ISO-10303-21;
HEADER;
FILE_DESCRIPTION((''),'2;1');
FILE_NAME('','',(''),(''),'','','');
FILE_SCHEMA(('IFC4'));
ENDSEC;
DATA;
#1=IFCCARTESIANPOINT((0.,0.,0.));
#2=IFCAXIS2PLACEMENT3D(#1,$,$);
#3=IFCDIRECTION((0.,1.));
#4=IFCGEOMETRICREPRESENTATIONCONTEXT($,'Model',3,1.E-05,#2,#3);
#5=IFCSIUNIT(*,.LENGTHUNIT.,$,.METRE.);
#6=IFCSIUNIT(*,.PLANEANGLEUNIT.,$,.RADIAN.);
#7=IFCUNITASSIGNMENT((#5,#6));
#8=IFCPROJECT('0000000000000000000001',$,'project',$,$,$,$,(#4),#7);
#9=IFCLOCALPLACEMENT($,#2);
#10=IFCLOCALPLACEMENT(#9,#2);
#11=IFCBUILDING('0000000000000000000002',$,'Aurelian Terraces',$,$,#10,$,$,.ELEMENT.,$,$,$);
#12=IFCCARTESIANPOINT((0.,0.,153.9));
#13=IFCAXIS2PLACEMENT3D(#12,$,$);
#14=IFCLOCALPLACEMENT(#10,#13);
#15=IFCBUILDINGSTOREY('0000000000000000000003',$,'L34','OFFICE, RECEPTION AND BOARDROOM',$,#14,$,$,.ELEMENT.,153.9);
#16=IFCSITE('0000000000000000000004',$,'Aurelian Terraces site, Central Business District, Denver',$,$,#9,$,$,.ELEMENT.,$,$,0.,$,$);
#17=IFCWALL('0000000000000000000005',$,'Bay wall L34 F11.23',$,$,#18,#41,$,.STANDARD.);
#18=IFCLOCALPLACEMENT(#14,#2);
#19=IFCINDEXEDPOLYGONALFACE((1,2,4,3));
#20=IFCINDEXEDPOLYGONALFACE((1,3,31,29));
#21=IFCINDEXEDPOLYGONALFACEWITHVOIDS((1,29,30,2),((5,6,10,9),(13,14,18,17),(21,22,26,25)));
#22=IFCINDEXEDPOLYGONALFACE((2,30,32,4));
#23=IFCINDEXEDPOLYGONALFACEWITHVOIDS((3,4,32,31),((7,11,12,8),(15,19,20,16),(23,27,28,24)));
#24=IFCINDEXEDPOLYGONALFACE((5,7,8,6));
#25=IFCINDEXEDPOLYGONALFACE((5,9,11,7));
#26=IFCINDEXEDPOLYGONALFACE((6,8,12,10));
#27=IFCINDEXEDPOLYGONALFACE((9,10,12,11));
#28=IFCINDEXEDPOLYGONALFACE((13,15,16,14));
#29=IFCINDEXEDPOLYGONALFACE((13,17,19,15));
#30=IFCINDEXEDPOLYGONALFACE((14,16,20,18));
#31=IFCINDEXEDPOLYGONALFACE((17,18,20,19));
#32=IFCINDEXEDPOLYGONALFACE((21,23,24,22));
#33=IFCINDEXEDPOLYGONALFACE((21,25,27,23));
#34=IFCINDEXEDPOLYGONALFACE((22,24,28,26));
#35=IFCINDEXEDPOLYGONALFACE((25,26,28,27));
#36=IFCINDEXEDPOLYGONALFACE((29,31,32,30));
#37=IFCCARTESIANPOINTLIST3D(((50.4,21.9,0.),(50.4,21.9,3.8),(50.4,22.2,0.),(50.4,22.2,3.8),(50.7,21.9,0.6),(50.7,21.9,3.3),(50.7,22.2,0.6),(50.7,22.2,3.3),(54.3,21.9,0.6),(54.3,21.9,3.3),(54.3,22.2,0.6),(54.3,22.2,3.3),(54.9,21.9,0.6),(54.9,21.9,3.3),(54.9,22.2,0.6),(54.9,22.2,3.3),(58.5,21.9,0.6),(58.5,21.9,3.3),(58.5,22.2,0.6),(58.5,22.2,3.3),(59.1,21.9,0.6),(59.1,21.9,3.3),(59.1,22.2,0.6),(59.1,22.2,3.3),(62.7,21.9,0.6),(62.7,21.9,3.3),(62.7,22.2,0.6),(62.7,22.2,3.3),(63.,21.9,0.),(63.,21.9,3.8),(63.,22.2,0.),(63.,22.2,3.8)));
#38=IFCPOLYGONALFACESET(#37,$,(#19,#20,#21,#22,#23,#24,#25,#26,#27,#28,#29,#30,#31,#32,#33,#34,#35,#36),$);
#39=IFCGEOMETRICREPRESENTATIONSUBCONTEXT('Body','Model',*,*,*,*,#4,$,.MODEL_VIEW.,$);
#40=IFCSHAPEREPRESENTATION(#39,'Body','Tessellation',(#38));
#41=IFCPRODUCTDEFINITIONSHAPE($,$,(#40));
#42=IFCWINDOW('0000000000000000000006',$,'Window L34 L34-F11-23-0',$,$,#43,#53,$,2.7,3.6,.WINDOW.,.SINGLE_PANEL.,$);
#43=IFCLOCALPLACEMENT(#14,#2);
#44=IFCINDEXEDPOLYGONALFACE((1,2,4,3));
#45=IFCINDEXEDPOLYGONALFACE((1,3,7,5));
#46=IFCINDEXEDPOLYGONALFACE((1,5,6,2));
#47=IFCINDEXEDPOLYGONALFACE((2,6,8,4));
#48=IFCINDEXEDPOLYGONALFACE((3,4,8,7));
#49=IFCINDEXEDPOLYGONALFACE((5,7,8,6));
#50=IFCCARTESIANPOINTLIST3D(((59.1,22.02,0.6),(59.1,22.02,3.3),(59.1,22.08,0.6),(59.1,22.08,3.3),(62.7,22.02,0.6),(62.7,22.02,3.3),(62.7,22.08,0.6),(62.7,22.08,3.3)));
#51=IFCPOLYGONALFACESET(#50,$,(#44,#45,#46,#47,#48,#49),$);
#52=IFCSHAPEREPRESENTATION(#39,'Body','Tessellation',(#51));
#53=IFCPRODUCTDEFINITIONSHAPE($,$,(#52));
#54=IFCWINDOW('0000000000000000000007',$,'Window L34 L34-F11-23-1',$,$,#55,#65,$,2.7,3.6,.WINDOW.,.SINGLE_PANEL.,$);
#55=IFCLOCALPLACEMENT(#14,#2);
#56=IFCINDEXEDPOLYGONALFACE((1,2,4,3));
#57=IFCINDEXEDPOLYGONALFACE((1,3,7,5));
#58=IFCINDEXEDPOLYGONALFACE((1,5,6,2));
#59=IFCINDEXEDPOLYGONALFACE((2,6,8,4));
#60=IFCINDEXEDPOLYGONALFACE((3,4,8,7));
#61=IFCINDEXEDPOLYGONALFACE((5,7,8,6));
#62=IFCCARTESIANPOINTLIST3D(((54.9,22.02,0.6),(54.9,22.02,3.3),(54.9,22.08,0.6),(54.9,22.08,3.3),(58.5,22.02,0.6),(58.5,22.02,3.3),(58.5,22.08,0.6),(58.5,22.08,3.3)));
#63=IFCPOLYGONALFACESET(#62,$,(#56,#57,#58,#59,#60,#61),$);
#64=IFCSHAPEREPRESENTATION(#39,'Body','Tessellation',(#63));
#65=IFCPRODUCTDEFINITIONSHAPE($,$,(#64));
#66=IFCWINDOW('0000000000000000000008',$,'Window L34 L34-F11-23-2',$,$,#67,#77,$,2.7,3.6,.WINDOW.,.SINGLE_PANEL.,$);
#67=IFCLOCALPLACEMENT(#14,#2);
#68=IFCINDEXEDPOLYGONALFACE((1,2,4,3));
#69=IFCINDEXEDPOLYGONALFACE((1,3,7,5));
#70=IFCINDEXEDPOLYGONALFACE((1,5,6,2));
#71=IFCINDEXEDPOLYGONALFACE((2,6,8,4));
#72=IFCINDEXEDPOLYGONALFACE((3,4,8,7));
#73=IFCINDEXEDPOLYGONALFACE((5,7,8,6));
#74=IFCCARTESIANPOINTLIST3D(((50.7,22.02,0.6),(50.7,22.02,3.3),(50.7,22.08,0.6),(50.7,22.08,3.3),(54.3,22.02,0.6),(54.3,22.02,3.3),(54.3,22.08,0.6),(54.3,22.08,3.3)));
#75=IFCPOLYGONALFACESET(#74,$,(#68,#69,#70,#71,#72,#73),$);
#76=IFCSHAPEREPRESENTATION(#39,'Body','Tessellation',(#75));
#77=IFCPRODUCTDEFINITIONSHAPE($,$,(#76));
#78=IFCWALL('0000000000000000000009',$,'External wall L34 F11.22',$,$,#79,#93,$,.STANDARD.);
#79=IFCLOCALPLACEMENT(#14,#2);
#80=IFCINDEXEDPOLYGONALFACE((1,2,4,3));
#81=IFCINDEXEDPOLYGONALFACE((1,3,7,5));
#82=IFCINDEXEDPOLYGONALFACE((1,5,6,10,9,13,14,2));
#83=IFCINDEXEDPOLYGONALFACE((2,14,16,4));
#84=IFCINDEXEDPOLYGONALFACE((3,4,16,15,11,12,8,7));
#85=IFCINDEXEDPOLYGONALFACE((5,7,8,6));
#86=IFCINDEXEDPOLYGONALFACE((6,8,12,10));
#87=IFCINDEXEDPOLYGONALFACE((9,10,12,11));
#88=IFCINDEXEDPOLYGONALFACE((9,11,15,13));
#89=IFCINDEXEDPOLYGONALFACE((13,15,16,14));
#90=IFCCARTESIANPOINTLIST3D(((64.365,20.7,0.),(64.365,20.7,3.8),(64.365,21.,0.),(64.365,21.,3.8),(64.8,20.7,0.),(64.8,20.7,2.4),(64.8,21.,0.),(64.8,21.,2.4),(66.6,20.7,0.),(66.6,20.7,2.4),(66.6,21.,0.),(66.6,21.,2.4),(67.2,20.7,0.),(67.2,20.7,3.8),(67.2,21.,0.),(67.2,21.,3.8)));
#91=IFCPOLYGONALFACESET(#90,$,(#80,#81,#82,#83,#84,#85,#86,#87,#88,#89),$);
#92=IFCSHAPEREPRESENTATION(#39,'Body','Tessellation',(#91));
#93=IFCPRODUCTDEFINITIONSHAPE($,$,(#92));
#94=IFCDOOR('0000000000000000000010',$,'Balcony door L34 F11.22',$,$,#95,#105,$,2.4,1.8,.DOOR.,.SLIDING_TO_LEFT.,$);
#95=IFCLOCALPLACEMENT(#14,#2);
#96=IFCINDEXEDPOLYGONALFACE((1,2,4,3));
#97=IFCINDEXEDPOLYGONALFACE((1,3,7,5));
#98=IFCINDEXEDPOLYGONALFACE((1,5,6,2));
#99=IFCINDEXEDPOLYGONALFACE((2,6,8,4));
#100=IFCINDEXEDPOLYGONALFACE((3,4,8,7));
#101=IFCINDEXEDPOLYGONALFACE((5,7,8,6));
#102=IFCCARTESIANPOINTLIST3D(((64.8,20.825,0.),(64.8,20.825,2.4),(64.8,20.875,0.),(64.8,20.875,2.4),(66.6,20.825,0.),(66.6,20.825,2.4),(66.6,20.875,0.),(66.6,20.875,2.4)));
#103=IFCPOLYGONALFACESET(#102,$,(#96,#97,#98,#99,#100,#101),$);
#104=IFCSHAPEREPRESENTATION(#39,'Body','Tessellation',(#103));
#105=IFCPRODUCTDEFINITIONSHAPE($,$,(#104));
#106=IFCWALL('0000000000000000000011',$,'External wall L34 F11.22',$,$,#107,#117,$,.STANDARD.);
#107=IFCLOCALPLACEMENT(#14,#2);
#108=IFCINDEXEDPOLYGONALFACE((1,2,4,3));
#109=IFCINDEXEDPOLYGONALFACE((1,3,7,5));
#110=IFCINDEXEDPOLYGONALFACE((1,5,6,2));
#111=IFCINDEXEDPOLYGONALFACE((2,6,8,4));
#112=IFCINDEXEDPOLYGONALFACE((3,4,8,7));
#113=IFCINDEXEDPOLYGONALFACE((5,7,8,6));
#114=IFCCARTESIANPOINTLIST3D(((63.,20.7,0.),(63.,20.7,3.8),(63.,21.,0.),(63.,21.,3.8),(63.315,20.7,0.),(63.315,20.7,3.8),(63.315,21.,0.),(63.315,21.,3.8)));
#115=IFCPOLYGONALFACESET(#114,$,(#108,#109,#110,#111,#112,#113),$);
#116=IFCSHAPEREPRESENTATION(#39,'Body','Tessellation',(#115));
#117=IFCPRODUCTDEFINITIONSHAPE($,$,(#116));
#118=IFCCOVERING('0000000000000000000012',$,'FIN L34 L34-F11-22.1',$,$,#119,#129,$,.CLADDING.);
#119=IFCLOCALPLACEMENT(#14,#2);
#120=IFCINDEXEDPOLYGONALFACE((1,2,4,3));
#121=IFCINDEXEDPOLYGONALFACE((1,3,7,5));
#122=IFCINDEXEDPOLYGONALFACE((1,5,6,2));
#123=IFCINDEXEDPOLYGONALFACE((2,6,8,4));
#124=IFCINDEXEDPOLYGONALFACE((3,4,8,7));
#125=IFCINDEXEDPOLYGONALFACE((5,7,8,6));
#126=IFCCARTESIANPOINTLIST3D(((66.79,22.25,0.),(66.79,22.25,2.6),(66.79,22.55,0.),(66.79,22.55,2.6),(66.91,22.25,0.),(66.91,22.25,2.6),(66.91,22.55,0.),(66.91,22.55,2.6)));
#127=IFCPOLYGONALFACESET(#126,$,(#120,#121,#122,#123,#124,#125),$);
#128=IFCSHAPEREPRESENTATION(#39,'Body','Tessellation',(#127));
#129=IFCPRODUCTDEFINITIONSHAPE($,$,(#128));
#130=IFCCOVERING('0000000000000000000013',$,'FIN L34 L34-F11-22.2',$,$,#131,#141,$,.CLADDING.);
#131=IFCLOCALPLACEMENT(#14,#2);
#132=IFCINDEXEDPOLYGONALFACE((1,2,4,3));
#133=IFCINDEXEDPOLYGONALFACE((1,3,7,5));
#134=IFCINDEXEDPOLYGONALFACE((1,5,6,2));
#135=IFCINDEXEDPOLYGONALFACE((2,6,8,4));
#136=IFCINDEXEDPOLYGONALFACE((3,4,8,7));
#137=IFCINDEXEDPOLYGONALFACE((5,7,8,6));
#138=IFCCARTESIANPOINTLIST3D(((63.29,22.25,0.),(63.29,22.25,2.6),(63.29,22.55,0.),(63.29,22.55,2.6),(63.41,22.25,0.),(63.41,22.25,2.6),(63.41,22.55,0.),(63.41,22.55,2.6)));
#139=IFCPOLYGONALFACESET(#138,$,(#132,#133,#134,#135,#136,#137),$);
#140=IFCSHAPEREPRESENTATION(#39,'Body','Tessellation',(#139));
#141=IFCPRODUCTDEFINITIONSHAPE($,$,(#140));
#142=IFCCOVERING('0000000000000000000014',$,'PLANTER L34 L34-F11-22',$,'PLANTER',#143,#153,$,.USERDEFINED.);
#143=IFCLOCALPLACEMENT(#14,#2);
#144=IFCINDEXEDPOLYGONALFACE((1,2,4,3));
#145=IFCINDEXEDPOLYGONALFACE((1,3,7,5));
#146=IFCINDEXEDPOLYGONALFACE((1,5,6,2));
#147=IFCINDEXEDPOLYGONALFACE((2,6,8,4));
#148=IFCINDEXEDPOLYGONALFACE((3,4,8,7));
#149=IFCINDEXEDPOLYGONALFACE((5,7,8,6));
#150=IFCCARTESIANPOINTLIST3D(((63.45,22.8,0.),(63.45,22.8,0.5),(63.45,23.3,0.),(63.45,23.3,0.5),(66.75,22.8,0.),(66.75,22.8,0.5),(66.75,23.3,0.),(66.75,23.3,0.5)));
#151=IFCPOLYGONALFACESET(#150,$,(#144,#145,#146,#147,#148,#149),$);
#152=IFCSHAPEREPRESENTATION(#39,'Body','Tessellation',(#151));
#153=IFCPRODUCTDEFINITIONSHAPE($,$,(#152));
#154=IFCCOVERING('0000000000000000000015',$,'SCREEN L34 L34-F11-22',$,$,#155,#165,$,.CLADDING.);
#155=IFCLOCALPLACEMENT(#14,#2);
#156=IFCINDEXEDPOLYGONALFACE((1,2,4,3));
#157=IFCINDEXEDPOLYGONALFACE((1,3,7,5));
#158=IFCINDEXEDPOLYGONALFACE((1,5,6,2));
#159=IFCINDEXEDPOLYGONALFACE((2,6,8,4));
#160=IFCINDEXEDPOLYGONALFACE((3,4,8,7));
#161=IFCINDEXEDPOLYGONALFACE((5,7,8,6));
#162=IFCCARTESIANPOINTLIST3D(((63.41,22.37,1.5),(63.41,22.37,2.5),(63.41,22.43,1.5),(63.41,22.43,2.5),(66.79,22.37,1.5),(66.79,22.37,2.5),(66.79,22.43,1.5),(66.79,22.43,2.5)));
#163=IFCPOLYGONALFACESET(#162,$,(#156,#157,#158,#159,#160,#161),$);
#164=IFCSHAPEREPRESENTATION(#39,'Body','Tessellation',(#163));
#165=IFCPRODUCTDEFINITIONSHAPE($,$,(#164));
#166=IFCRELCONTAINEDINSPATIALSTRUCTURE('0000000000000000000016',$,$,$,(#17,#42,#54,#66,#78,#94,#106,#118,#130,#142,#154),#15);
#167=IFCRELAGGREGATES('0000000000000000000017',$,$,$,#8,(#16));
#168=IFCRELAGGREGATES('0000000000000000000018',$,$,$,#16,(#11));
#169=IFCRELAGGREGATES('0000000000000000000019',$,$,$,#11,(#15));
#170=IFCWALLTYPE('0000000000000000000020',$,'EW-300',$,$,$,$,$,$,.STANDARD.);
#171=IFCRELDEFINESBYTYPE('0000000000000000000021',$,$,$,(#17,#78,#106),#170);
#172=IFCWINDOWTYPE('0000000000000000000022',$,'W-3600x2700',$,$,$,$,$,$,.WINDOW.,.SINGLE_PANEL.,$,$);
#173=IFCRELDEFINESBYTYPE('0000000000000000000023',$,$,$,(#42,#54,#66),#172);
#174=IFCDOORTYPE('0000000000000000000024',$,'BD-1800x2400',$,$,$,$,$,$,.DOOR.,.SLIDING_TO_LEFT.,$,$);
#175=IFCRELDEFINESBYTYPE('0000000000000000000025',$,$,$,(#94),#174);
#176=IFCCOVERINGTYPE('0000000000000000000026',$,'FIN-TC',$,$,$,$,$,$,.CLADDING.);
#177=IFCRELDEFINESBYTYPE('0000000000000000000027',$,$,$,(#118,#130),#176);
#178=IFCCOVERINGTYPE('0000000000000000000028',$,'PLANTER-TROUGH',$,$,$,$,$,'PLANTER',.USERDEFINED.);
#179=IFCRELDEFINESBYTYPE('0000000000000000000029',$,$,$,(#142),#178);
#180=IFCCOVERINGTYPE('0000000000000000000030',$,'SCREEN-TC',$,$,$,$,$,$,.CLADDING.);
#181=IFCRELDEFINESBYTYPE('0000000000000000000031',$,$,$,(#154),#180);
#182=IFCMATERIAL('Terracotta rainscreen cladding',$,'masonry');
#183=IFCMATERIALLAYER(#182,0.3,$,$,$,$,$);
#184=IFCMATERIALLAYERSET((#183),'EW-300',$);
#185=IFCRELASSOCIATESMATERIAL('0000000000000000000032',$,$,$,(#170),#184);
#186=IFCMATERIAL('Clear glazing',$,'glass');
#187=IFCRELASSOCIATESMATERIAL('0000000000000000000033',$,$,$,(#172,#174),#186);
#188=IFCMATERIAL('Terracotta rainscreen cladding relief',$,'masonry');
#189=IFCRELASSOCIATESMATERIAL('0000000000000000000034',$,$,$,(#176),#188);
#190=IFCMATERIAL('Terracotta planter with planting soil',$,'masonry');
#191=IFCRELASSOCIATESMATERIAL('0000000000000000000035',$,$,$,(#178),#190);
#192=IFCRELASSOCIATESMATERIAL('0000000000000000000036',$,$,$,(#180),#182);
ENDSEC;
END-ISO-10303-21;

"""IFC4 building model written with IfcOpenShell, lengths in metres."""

from ifc_helpers import new_model, si_unit, direction, frame, frame_2d, origin, origin_2d, place, context, subcontext, project, spatial, rectangle, extrude, source, transform, mapped, material, layer, layer_set, type_object, element, fill, save


model = new_model("IFC4")

# Units and contexts
model_context = context("Model", 3, precision=1e-05, world=origin(), true_north=direction((0.0, 1.0)))
body_context = subcontext(model_context, "Body", "Model", "MODEL_VIEW")
ifc_project = project(units=[si_unit("LENGTHUNIT", "METRE"), si_unit("PLANEANGLEUNIT", "RADIAN")], contexts=[model_context])

# Site, building, storey
site_placement = place(None, origin())
site = spatial("IfcSite", under=ifc_project, at=site_placement, Name="Aurelian Terraces site, Central Business District, Denver", CompositionType="ELEMENT", RefElevation=0.0)
building_placement = place(site_placement, origin())
building = spatial("IfcBuilding", under=site, at=building_placement, Name="Aurelian Terraces", CompositionType="ELEMENT")
storey_placement = place(building_placement, frame((0.0, 0.0, 153.9)))
storey = spatial("IfcBuildingStorey", under=building, at=storey_placement, Name="L34", Description="OFFICE, RECEPTION AND BOARDROOM", CompositionType="ELEMENT", Elevation=153.9)

# Wall, openings, windows
ifc_material_1 = material(Name="Terracotta rainscreen cladding", Category="masonry")
ifc_layer = layer(ifc_material_1, 0.3)
ifc_layer_set = layer_set([ifc_layer], Name="EW-300")
wall_type = type_object("IfcWallType", Name="EW-300", PredefinedType="STANDARD", material=ifc_layer_set)
wall_1_placement = place(storey_placement, frame((63.0, 22.05, 0.0), z_axis=(0.0, 0.0, 1.0), x_axis=(-1.0, 0.0, 0.0)))
wall_1 = element("IfcWall", 1, at=wall_1_placement, inside=storey, type_object=wall_type, Name="Bay wall L34 F11.23", PredefinedType="STANDARD", context=body_context, shape_type="SweptSolid", body=[
    extrude(rectangle(XDim=12.6, YDim=0.3, at=frame_2d((6.3, 0.0))), origin(), (0.0, 0.0, 1.0), 3.8),
])
shared_shape_1 = source(origin(), body_context, "Body", "SweptSolid", [
    extrude(rectangle(XDim=3.6, YDim=2.7, at=frame_2d((1.8, 1.35))), frame((0.0, 0.16, 0.0), z_axis=(0.0, -1.0, 0.0), x_axis=(1.0, 0.0, 0.0)), (0.0, 0.0, 1.0), 0.32),
])
opening_1_placement = place(wall_1_placement, frame((0.3, 0.0, 0.6)))
opening_1 = element("IfcOpeningElement", 2, at=opening_1_placement, cuts=wall_1, PredefinedType="OPENING", context=body_context, shape_type="MappedRepresentation", body=[
    mapped(shared_shape_1, transform((0.0, 0.0, 0.0), scale=1.0)),
])
opening_2_placement = place(wall_1_placement, frame((4.5, 0.0, 0.6)))
opening_2 = element("IfcOpeningElement", 3, at=opening_2_placement, cuts=wall_1, PredefinedType="OPENING", context=body_context, shape_type="MappedRepresentation", body=[
    mapped(shared_shape_1, transform((0.0, 0.0, 0.0), scale=1.0)),
])
opening_3_placement = place(wall_1_placement, frame((8.7, 0.0, 0.6)))
opening_3 = element("IfcOpeningElement", 4, at=opening_3_placement, cuts=wall_1, PredefinedType="OPENING", context=body_context, shape_type="MappedRepresentation", body=[
    mapped(shared_shape_1, transform((0.0, 0.0, 0.0), scale=1.0)),
])
ifc_material_2 = material(Name="Clear glazing", Category="glass")
window_type = type_object("IfcWindowType", Name="W-3600x2700", PartitioningType="SINGLE_PANEL", PredefinedType="WINDOW", material=ifc_material_2)
shared_shape_2 = source(origin(), body_context, "Body", "SweptSolid", [
    extrude(rectangle(XDim=3.6, YDim=2.7, at=frame_2d((1.8, 1.35))), frame((0.0, 0.03, 0.0), z_axis=(0.0, -1.0, 0.0), x_axis=(1.0, 0.0, 0.0)), (0.0, 0.0, 1.0), 0.06),
])
window_1_placement = place(opening_1_placement, origin())
window_1 = element("IfcWindow", 5, at=window_1_placement, inside=storey, type_object=window_type, Name="Window L34 L34-F11-23-0", OverallHeight=2.7, OverallWidth=3.6, PartitioningType="SINGLE_PANEL", PredefinedType="WINDOW", context=body_context, shape_type="MappedRepresentation", body=[
    mapped(shared_shape_2, transform((0.0, 0.0, 0.0), scale=1.0)),
])
fill(opening_1, window_1)
window_2_placement = place(opening_2_placement, origin())
window_2 = element("IfcWindow", 6, at=window_2_placement, inside=storey, type_object=window_type, Name="Window L34 L34-F11-23-1", OverallHeight=2.7, OverallWidth=3.6, PartitioningType="SINGLE_PANEL", PredefinedType="WINDOW", context=body_context, shape_type="MappedRepresentation", body=[
    mapped(shared_shape_2, transform((0.0, 0.0, 0.0), scale=1.0)),
])
fill(opening_2, window_2)
window_3_placement = place(opening_3_placement, origin())
window_3 = element("IfcWindow", 7, at=window_3_placement, inside=storey, type_object=window_type, Name="Window L34 L34-F11-23-2", OverallHeight=2.7, OverallWidth=3.6, PartitioningType="SINGLE_PANEL", PredefinedType="WINDOW", context=body_context, shape_type="MappedRepresentation", body=[
    mapped(shared_shape_2, transform((0.0, 0.0, 0.0), scale=1.0)),
])
fill(opening_3, window_3)

# Wall, opening, door
shared_shape_3 = source(origin(), body_context, "Body", "SweptSolid", [
    extrude(rectangle(XDim=2.835, YDim=0.3, at=frame_2d((1.4175, 0.0))), origin(), (0.0, 0.0, 1.0), 3.8),
])
wall_2_placement = place(storey_placement, frame((67.2, 20.85, 0.0), z_axis=(0.0, 0.0, 1.0), x_axis=(-1.0, 0.0, 0.0)))
wall_2 = element("IfcWall", 8, at=wall_2_placement, inside=storey, type_object=wall_type, Name="External wall L34 F11.22", PredefinedType="STANDARD", context=body_context, shape_type="MappedRepresentation", body=[
    mapped(shared_shape_3, transform((0.0, 0.0, 0.0), scale=1.0)),
])
shared_shape_4 = source(origin(), body_context, "Body", "SweptSolid", [
    extrude(rectangle(XDim=1.8, YDim=2.4, at=frame_2d((0.9, 1.2))), frame((0.0, 0.16, 0.0), z_axis=(0.0, -1.0, 0.0), x_axis=(1.0, 0.0, 0.0)), (0.0, 0.0, 1.0), 0.32),
])
opening_4_placement = place(wall_2_placement, frame((0.6, 0.0, 0.0)))
opening_4 = element("IfcOpeningElement", 9, at=opening_4_placement, cuts=wall_2, PredefinedType="OPENING", context=body_context, shape_type="MappedRepresentation", body=[
    mapped(shared_shape_4, transform((0.0, 0.0, 0.0), scale=1.0)),
])
door_type = type_object("IfcDoorType", Name="BD-1800x2400", OperationType="SLIDING_TO_LEFT", PredefinedType="DOOR", material=ifc_material_2)
shared_shape_5 = source(origin(), body_context, "Body", "SweptSolid", [
    extrude(rectangle(XDim=1.8, YDim=2.4, at=frame_2d((0.9, 1.2))), frame((0.0, 0.025, 0.0), z_axis=(0.0, -1.0, 0.0), x_axis=(1.0, 0.0, 0.0)), (0.0, 0.0, 1.0), 0.05),
])
door_placement = place(opening_4_placement, origin())
door = element("IfcDoor", 10, at=door_placement, inside=storey, type_object=door_type, Name="Balcony door L34 F11.22", OperationType="SLIDING_TO_LEFT", OverallHeight=2.4, OverallWidth=1.8, PredefinedType="DOOR", context=body_context, shape_type="MappedRepresentation", body=[
    mapped(shared_shape_5, transform((0.0, 0.0, 0.0), scale=1.0)),
])
fill(opening_4, door)

# Wall
shared_shape_6 = source(origin(), body_context, "Body", "SweptSolid", [
    extrude(rectangle(XDim=0.315, YDim=0.3, at=frame_2d((0.1575, 0.0))), origin(), (0.0, 0.0, 1.0), 3.8),
])
wall_3_placement = place(storey_placement, frame((63.315, 20.85, 0.0), z_axis=(0.0, 0.0, 1.0), x_axis=(-1.0, 0.0, 0.0)))
element("IfcWall", 11, at=wall_3_placement, inside=storey, type_object=wall_type, Name="External wall L34 F11.22", PredefinedType="STANDARD", context=body_context, shape_type="MappedRepresentation", body=[
    mapped(shared_shape_6, transform((0.0, 0.0, 0.0), scale=1.0)),
])

# Coverings
ifc_material_3 = material(Name="Terracotta rainscreen cladding relief", Category="masonry")
covering_type_1 = type_object("IfcCoveringType", Name="FIN-TC", PredefinedType="CLADDING", material=ifc_material_3)
shared_shape_7 = source(origin(), body_context, "Body", "SweptSolid", [
    extrude(rectangle(XDim=0.12, YDim=0.3, at=origin_2d()), origin(), (0.0, 0.0, 1.0), 2.6),
])
for number, where, z_axis, x_axis, name in (
    (12, (66.85, 22.4, 0.0), (0.0, 0.0, 1.0), (1.0, 0.0, 0.0), "FIN L34 L34-F11-22.1"),
    (13, (63.35, 22.4, 0.0), (0.0, 0.0, 1.0), (1.0, 0.0, 0.0), "FIN L34 L34-F11-22.2"),
):
    element("IfcCovering", number, at=place(storey_placement, frame(where, z_axis=z_axis, x_axis=x_axis)), inside=storey, type_object=covering_type_1, Name=name, PredefinedType="CLADDING", context=body_context, shape_type="MappedRepresentation", body=[
        mapped(shared_shape_7, transform((0.0, 0.0, 0.0), scale=1.0)),
    ])

# Coverings
ifc_material_4 = material(Name="Terracotta planter with planting soil", Category="masonry")
covering_type_2 = type_object("IfcCoveringType", Name="PLANTER-TROUGH", ElementType="PLANTER", PredefinedType="USERDEFINED", material=ifc_material_4)
shared_shape_8 = source(origin(), body_context, "Body", "SweptSolid", [
    extrude(rectangle(XDim=3.3, YDim=0.5, at=origin_2d()), origin(), (0.0, 0.0, 1.0), 0.5),
])
covering_1_placement = place(storey_placement, frame((65.1, 23.05, 0.0), z_axis=(0.0, 0.0, 1.0), x_axis=(1.0, 0.0, 0.0)))
element("IfcCovering", 14, at=covering_1_placement, inside=storey, type_object=covering_type_2, Name="PLANTER L34 L34-F11-22", ObjectType="PLANTER", PredefinedType="USERDEFINED", context=body_context, shape_type="MappedRepresentation", body=[
    mapped(shared_shape_8, transform((0.0, 0.0, 0.0), scale=1.0)),
])
covering_type_3 = type_object("IfcCoveringType", Name="SCREEN-TC", PredefinedType="CLADDING", material=ifc_material_1)
shared_shape_9 = source(origin(), body_context, "Body", "SweptSolid", [
    extrude(rectangle(XDim=3.38, YDim=0.06, at=origin_2d()), origin(), (0.0, 0.0, 1.0), 1.0),
])
covering_2_placement = place(storey_placement, frame((65.1, 22.4, 1.5), z_axis=(0.0, 0.0, 1.0), x_axis=(1.0, 0.0, 0.0)))
element("IfcCovering", 15, at=covering_2_placement, inside=storey, type_object=covering_type_3, Name="SCREEN L34 L34-F11-22", PredefinedType="CLADDING", context=body_context, shape_type="MappedRepresentation", body=[
    mapped(shared_shape_9, transform((0.0, 0.0, 0.0), scale=1.0)),
])

save(model, "model.ifc")
